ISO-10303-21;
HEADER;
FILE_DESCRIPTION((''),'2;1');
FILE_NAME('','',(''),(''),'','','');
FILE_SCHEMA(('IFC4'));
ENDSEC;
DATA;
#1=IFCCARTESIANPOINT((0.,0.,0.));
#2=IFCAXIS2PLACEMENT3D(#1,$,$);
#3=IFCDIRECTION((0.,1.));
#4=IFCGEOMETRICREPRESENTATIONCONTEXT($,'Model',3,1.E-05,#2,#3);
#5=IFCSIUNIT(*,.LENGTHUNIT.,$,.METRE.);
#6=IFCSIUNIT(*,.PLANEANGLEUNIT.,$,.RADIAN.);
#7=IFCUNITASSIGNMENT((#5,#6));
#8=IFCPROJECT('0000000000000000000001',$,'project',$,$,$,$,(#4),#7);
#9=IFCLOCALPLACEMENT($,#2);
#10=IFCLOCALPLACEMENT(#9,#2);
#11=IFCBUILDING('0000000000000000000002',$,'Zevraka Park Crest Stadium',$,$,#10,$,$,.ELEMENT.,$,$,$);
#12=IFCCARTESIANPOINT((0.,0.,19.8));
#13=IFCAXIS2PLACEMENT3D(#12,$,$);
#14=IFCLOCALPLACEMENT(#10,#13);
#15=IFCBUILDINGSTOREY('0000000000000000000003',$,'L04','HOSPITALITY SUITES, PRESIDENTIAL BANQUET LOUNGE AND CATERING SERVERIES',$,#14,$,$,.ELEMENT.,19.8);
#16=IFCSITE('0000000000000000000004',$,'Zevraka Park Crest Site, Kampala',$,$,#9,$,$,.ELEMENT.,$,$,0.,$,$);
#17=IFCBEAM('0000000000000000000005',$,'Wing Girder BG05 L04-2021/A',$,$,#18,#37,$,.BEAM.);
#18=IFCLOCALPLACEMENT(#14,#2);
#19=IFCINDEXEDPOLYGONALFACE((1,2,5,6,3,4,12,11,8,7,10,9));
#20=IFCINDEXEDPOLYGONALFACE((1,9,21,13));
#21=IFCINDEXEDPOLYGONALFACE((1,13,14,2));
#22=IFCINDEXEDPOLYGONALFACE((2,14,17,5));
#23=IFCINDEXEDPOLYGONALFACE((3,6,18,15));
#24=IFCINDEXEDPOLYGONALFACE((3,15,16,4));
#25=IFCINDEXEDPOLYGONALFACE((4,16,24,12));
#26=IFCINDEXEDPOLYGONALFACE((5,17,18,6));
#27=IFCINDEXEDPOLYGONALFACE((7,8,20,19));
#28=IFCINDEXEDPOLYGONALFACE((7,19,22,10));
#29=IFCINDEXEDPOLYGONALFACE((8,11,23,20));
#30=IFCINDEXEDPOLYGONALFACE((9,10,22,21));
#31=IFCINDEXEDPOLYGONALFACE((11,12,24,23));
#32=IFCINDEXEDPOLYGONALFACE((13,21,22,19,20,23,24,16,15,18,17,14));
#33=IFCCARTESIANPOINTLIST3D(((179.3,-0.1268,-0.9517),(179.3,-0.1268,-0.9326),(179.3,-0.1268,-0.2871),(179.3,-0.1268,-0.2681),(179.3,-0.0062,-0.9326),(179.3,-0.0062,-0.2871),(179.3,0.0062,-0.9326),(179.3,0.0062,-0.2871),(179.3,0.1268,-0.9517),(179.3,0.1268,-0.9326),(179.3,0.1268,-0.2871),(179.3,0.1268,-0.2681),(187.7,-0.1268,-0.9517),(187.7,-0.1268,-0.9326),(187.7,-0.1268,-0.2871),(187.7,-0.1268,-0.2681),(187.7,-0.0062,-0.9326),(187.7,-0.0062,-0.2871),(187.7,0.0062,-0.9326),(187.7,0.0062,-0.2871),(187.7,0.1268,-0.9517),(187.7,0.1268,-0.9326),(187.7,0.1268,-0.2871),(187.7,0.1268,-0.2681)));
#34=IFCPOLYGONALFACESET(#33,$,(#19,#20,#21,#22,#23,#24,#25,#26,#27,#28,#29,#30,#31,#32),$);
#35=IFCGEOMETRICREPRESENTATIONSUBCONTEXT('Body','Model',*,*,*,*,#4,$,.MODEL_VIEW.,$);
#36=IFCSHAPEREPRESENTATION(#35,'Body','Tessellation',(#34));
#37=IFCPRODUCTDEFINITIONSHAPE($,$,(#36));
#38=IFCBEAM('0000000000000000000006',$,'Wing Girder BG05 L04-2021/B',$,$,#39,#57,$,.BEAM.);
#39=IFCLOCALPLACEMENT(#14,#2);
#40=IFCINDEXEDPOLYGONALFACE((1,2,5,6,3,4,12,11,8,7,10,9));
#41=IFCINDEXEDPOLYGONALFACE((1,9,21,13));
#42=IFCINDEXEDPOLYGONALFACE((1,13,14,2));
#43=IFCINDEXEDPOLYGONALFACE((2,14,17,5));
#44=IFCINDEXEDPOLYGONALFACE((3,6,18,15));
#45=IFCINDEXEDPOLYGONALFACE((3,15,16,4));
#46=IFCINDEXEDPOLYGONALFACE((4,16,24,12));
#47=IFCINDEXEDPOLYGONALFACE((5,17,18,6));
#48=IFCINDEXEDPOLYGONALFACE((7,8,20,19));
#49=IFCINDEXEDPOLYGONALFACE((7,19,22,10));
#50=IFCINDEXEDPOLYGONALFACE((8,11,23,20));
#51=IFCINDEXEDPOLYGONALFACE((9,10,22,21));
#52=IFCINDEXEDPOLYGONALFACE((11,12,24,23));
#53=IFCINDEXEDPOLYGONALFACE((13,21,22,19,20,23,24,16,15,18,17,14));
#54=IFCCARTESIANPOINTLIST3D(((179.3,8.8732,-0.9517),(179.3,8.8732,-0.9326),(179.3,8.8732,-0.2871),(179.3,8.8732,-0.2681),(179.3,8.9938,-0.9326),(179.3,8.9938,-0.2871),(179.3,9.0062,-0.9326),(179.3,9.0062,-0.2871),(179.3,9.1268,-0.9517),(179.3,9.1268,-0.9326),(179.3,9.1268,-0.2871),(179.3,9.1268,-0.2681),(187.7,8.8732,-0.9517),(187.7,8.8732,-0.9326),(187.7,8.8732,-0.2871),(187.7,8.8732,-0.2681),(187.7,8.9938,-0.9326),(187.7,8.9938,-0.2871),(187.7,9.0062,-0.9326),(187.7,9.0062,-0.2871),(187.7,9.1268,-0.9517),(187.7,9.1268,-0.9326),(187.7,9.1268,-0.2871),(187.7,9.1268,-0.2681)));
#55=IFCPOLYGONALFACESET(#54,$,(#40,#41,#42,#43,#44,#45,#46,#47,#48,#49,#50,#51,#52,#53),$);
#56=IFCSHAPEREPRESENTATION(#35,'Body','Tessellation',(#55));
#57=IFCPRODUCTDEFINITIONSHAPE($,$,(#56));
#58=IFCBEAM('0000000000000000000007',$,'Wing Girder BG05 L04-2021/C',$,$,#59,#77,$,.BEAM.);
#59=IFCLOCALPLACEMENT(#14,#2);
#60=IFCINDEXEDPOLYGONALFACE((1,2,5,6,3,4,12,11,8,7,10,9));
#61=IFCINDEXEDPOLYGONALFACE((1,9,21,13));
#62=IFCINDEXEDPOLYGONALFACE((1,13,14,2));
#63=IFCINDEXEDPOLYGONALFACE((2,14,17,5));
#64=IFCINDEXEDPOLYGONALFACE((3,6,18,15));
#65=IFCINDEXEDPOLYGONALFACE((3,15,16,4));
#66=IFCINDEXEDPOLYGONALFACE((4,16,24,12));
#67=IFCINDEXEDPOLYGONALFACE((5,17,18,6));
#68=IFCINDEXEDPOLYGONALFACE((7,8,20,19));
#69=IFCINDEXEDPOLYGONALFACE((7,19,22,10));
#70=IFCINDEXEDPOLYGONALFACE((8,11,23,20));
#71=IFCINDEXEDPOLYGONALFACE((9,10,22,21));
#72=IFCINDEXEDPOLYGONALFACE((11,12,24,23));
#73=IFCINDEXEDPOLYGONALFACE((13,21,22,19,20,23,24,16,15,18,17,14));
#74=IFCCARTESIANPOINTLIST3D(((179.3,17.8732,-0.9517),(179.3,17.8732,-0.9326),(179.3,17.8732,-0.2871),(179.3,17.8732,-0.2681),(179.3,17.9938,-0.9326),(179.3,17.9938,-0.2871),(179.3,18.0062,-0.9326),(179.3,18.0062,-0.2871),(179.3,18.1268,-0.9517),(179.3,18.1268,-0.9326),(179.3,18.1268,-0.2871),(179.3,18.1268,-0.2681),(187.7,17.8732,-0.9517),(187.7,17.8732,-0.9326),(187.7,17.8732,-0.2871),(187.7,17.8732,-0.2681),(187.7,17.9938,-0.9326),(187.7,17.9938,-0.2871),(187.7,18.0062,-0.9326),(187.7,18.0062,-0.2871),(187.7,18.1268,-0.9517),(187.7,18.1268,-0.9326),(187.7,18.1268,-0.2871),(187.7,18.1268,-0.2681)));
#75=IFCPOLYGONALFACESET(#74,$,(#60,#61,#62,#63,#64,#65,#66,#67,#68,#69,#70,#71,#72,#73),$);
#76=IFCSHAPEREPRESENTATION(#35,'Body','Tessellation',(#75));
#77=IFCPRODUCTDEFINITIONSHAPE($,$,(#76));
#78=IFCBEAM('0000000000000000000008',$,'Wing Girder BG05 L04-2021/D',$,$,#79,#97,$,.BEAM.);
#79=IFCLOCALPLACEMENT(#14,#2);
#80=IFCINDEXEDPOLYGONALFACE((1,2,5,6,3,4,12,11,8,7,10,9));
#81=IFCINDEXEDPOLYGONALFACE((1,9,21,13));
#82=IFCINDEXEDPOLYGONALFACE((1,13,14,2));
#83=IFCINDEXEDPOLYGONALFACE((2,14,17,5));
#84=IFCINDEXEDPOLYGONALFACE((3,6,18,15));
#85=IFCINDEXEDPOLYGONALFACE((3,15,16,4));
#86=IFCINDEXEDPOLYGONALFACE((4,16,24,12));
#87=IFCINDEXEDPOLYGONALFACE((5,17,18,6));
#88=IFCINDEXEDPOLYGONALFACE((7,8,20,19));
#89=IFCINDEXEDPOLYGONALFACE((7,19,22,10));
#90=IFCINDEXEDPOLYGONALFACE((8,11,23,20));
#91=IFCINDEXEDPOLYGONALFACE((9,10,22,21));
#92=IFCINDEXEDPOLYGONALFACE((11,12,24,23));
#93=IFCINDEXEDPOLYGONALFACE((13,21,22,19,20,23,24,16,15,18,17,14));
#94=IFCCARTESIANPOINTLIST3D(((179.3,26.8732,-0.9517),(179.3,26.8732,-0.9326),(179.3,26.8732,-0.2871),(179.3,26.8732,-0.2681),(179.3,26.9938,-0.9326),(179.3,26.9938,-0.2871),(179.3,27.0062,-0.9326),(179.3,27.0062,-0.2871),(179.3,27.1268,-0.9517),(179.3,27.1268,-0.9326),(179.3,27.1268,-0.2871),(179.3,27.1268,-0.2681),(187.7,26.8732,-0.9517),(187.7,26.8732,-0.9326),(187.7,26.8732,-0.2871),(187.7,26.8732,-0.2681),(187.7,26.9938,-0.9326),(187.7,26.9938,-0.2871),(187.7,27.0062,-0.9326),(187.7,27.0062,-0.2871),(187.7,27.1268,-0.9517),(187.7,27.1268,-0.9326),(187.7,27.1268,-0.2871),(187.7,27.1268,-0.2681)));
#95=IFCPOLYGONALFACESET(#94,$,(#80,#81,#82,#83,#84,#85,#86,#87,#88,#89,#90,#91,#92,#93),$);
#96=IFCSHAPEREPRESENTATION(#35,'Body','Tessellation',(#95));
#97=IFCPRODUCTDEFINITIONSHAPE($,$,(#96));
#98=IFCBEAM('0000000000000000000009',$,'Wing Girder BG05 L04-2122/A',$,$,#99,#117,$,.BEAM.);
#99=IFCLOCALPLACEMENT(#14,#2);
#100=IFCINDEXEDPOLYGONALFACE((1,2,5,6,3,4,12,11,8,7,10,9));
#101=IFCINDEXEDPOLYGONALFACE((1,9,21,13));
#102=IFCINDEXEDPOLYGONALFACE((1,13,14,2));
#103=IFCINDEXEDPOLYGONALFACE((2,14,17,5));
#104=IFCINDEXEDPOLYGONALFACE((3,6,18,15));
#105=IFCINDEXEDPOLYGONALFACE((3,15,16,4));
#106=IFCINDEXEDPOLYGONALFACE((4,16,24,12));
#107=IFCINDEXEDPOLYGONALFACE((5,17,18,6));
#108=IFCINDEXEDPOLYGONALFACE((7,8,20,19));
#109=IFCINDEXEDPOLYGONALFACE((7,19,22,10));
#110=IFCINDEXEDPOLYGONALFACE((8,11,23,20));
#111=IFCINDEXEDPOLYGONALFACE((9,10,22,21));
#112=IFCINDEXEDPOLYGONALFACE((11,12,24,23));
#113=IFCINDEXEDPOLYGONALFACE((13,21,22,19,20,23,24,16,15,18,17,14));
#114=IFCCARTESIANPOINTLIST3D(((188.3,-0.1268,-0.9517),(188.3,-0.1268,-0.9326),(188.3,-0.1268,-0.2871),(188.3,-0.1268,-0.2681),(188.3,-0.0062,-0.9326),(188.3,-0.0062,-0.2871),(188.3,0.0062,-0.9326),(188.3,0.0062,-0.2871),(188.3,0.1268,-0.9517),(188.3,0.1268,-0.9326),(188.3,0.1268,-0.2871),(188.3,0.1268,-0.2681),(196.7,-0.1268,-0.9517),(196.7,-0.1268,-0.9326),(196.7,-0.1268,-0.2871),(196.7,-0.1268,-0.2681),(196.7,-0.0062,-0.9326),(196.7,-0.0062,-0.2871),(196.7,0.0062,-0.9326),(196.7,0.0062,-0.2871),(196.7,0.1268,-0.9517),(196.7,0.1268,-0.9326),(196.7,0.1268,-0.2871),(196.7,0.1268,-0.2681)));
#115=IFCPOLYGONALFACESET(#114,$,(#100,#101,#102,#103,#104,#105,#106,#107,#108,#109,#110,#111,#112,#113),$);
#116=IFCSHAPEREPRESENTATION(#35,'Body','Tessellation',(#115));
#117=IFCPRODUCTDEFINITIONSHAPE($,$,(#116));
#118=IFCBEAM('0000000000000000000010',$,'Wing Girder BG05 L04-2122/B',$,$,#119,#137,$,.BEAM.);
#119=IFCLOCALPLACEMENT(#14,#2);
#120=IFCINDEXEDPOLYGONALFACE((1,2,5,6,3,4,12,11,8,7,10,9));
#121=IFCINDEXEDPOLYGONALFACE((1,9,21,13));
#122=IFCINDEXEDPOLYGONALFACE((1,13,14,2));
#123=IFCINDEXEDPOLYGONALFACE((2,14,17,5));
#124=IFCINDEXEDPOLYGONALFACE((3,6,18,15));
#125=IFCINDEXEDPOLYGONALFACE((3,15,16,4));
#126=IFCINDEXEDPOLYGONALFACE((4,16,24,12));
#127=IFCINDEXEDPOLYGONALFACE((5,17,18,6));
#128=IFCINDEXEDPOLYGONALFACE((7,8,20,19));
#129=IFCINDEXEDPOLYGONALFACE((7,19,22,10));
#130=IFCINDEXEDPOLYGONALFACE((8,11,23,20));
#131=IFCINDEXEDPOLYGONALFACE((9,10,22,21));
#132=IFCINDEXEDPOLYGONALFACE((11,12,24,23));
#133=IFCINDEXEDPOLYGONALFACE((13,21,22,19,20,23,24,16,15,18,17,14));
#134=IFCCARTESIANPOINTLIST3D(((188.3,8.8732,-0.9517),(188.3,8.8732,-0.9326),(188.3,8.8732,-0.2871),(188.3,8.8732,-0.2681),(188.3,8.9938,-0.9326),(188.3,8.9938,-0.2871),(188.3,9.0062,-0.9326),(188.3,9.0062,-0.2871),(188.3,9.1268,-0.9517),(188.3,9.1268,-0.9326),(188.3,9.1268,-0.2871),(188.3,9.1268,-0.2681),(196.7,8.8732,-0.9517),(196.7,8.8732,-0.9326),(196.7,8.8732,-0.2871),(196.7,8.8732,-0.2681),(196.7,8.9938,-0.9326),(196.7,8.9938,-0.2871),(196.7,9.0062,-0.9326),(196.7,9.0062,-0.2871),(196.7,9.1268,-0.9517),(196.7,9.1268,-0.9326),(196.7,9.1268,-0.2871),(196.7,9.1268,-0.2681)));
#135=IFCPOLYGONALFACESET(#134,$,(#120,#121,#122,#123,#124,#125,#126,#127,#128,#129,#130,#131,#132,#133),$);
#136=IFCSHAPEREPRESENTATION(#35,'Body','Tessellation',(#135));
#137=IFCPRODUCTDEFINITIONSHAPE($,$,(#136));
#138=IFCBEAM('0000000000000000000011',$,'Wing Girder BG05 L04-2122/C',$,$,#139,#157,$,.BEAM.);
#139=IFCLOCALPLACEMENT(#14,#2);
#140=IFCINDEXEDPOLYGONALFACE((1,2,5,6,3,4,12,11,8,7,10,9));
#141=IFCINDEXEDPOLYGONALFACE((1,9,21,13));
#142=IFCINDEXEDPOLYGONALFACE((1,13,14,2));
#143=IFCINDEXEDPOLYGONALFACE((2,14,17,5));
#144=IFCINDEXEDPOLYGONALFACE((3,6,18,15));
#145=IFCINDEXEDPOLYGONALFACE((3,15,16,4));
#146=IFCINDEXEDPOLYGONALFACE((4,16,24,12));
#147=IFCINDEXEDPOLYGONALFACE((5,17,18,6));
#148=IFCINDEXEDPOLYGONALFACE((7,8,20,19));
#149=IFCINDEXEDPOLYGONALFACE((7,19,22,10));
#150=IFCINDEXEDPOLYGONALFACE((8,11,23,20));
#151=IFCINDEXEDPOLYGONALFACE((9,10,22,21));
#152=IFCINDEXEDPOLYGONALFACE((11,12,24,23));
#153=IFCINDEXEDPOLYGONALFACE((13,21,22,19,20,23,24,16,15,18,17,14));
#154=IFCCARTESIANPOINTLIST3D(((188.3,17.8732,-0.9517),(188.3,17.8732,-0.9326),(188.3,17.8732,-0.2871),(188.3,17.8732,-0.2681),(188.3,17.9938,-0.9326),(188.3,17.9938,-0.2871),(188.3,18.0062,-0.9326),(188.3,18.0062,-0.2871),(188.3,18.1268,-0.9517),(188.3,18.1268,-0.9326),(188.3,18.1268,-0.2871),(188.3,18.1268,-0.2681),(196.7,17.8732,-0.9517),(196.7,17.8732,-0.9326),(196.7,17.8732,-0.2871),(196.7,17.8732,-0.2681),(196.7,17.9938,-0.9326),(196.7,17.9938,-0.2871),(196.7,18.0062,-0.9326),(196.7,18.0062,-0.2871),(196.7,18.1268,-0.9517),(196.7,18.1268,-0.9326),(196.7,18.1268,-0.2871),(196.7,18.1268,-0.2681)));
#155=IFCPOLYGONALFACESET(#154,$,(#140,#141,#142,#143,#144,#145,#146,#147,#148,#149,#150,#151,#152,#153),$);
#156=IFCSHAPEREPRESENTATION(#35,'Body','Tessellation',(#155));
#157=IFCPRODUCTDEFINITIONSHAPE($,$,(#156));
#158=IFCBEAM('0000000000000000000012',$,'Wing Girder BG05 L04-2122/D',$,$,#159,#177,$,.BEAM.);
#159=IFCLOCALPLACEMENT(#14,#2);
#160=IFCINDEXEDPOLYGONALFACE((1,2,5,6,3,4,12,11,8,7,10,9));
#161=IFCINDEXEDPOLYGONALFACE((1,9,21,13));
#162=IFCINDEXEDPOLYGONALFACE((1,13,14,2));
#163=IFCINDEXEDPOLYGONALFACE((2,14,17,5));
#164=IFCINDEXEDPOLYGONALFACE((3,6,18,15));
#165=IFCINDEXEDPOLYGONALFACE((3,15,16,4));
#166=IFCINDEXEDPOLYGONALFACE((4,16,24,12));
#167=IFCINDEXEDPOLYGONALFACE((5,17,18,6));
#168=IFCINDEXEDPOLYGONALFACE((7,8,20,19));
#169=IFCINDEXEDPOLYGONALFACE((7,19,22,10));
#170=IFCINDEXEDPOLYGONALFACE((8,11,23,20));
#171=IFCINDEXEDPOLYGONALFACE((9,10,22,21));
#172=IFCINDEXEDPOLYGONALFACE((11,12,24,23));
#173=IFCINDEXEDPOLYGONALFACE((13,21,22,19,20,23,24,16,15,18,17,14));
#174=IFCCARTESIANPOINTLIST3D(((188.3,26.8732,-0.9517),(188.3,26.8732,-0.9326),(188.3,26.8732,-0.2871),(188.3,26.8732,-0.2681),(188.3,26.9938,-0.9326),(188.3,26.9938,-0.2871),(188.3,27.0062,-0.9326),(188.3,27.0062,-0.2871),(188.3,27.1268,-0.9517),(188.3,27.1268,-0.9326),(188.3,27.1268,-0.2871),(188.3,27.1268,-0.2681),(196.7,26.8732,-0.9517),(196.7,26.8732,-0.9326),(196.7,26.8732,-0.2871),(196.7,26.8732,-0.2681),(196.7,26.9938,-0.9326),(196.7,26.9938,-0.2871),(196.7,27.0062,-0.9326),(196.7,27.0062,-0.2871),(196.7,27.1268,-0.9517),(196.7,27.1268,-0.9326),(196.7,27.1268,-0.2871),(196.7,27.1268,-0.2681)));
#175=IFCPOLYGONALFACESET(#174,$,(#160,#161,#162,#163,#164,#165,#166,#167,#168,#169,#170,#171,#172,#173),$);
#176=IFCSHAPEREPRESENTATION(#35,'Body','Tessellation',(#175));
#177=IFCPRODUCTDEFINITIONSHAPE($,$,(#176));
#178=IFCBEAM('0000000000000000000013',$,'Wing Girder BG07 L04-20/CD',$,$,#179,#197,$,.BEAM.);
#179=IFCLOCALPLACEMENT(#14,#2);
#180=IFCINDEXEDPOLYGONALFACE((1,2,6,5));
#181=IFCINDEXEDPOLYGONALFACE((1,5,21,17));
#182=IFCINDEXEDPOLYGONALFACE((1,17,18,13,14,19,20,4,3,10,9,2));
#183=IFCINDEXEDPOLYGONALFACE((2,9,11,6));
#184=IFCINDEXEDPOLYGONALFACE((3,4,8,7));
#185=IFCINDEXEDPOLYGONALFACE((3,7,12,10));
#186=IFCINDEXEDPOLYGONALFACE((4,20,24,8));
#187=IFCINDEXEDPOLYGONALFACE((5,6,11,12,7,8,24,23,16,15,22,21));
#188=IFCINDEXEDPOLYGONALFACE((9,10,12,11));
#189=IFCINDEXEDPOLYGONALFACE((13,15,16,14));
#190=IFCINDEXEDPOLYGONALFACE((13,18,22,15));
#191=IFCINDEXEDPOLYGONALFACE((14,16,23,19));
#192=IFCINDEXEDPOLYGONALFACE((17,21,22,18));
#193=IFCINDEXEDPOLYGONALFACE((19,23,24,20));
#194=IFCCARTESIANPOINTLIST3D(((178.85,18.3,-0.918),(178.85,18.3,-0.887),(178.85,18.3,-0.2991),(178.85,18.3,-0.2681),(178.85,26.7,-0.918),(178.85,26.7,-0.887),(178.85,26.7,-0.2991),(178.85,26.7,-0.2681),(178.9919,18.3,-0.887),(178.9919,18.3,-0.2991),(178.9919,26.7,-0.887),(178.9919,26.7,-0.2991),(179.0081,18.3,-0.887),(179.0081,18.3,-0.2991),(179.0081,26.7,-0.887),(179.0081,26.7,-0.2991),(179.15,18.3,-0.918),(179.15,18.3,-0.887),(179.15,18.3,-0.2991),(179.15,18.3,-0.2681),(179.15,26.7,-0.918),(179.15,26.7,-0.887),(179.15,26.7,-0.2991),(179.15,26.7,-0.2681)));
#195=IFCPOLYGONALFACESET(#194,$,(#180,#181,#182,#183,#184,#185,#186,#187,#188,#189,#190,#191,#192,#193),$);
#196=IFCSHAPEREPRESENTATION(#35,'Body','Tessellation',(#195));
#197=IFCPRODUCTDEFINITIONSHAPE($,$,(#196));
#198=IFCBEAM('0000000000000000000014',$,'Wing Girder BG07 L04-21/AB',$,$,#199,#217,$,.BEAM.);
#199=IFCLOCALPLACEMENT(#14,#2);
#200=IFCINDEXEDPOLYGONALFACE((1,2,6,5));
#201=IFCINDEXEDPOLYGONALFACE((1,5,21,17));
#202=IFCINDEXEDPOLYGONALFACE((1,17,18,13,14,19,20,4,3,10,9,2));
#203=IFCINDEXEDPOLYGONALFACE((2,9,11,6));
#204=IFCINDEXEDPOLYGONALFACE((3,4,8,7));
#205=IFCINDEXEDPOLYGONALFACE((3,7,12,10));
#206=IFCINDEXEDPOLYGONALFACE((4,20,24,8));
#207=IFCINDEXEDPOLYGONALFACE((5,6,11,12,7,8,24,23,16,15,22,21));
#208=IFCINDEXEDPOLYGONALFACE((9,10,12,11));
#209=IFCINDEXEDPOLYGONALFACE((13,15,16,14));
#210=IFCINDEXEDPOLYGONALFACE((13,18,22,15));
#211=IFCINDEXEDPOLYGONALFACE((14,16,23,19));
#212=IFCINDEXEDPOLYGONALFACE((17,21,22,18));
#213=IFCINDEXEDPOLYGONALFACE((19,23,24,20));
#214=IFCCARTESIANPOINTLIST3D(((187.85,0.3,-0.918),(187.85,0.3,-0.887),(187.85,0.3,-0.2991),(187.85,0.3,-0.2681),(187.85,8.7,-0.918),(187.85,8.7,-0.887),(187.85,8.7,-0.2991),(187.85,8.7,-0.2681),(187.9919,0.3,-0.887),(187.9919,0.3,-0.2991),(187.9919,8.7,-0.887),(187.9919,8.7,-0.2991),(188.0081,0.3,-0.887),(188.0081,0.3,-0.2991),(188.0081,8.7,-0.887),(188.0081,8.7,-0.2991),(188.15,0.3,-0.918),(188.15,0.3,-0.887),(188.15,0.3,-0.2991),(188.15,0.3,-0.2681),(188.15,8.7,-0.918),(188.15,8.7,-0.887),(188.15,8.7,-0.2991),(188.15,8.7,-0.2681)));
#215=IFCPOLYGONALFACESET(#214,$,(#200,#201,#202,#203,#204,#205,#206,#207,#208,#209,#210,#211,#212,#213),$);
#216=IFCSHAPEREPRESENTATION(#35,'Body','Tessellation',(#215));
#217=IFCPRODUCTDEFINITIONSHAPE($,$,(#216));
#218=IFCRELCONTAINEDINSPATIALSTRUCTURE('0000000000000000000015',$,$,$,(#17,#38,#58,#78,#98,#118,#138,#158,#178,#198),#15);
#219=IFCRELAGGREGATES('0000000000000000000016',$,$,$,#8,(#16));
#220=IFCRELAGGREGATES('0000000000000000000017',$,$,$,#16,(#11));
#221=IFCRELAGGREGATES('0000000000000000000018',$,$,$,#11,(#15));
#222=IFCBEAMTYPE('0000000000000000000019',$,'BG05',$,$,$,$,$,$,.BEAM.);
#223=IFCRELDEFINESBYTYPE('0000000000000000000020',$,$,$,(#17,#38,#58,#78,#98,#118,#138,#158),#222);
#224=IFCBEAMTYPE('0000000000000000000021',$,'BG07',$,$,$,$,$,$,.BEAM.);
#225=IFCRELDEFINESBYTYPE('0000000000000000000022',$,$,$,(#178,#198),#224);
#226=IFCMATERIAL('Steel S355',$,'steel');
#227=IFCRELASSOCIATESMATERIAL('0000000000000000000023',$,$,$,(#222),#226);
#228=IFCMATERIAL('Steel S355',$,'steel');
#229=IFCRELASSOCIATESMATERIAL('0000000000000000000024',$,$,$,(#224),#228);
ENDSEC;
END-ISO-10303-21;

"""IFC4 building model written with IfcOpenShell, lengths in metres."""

from ifc_helpers import new_model, si_unit, direction, frame, origin, origin_2d, place, context, subcontext, project, spatial, i_section, extrude, material, material_profile, profile_set, type_object, element, save


model = new_model("IFC4")

# Units and contexts
model_context = context("Model", 3, precision=1e-05, world=origin(), true_north=direction((0.0, 1.0)))
body_context = subcontext(model_context, "Body", "Model", "MODEL_VIEW")
ifc_project = project(units=[si_unit("LENGTHUNIT", "METRE"), si_unit("PLANEANGLEUNIT", "RADIAN")], contexts=[model_context])

# Site, building, storey
site_placement = place(None, origin())
site = spatial("IfcSite", under=ifc_project, at=site_placement, Name="Zevraka Park Crest Site, Kampala", CompositionType="ELEMENT", RefElevation=0.0)
building_placement = place(site_placement, origin())
building = spatial("IfcBuilding", under=site, at=building_placement, Name="Zevraka Park Crest Stadium", CompositionType="ELEMENT")
storey_placement = place(building_placement, frame((0.0, 0.0, 19.8)))
storey = spatial("IfcBuildingStorey", under=building, at=storey_placement, Name="L04", Description="HOSPITALITY SUITES, PRESIDENTIAL BANQUET LOUNGE AND CATERING SERVERIES", CompositionType="ELEMENT", Elevation=19.8)

# Beams
ifc_material_1 = material(Name="Steel S355", Category="steel")
ifc_material_profile_1 = material_profile(ifc_material_1, i_section(OverallWidth=0.2537, OverallDepth=0.6836, WebThickness=0.0125, FlangeThickness=0.019, at=origin_2d()), Name="UKB 686x254x140")
ifc_profile_set_1 = profile_set([ifc_material_profile_1], Name="Steel S355")
beam_type_1 = type_object("IfcBeamType", Name="BG05", PredefinedType="BEAM", material=ifc_profile_set_1)
for number, where, z_axis, x_axis, name in (
    (1, (179.3, 0.0, -0.6099), (1.0, 0.0, 0.0), (0.0, 1.0, 0.0), "Wing Girder BG05 L04-2021/A"),
    (2, (179.3, 9.0, -0.6099), (1.0, 0.0, 0.0), (0.0, 1.0, 0.0), "Wing Girder BG05 L04-2021/B"),
    (3, (179.3, 18.0, -0.6099), (1.0, 0.0, 0.0), (0.0, 1.0, 0.0), "Wing Girder BG05 L04-2021/C"),
    (4, (179.3, 27.0, -0.6099), (1.0, 0.0, 0.0), (0.0, 1.0, 0.0), "Wing Girder BG05 L04-2021/D"),
    (5, (188.3, 0.0, -0.6099), (1.0, 0.0, 0.0), (0.0, 1.0, 0.0), "Wing Girder BG05 L04-2122/A"),
    (6, (188.3, 9.0, -0.6099), (1.0, 0.0, 0.0), (0.0, 1.0, 0.0), "Wing Girder BG05 L04-2122/B"),
    (7, (188.3, 18.0, -0.6099), (1.0, 0.0, 0.0), (0.0, 1.0, 0.0), "Wing Girder BG05 L04-2122/C"),
    (8, (188.3, 27.0, -0.6099), (1.0, 0.0, 0.0), (0.0, 1.0, 0.0), "Wing Girder BG05 L04-2122/D"),
):
    element("IfcBeam", number, at=place(storey_placement, frame(where, z_axis=z_axis, x_axis=x_axis)), inside=storey, type_object=beam_type_1, Name=name, PredefinedType="BEAM", context=body_context, shape_type="SweptSolid", body=[
        extrude(i_section(OverallWidth=0.2537, OverallDepth=0.6836, WebThickness=0.0125, FlangeThickness=0.019, at=origin_2d()), origin(), (0.0, 0.0, 1.0), 8.3999),
    ])
ifc_material_2 = material(Name="Steel S355", Category="steel")
ifc_material_profile_2 = material_profile(ifc_material_2, i_section(OverallWidth=0.3, OverallDepth=0.6499, WebThickness=0.0161, FlangeThickness=0.031, at=origin_2d()), Name="HEB 650")
ifc_profile_set_2 = profile_set([ifc_material_profile_2], Name="Steel S355")
beam_type_2 = type_object("IfcBeamType", Name="BG07", PredefinedType="BEAM", material=ifc_profile_set_2)
for number, where, z_axis, x_axis, name in (
    (9, (179.0, 18.3, -0.593), (0.0, 1.0, 0.0), (-1.0, 0.0, 0.0), "Wing Girder BG07 L04-20/CD"),
    (10, (188.0, 0.3, -0.593), (0.0, 1.0, 0.0), (-1.0, 0.0, 0.0), "Wing Girder BG07 L04-21/AB"),
):
    element("IfcBeam", number, at=place(storey_placement, frame(where, z_axis=z_axis, x_axis=x_axis)), inside=storey, type_object=beam_type_2, Name=name, PredefinedType="BEAM", context=body_context, shape_type="SweptSolid", body=[
        extrude(i_section(OverallWidth=0.3, OverallDepth=0.6499, WebThickness=0.0161, FlangeThickness=0.031, at=origin_2d()), origin(), (0.0, 0.0, 1.0), 8.3999),
    ])

save(model, "model.ifc")
